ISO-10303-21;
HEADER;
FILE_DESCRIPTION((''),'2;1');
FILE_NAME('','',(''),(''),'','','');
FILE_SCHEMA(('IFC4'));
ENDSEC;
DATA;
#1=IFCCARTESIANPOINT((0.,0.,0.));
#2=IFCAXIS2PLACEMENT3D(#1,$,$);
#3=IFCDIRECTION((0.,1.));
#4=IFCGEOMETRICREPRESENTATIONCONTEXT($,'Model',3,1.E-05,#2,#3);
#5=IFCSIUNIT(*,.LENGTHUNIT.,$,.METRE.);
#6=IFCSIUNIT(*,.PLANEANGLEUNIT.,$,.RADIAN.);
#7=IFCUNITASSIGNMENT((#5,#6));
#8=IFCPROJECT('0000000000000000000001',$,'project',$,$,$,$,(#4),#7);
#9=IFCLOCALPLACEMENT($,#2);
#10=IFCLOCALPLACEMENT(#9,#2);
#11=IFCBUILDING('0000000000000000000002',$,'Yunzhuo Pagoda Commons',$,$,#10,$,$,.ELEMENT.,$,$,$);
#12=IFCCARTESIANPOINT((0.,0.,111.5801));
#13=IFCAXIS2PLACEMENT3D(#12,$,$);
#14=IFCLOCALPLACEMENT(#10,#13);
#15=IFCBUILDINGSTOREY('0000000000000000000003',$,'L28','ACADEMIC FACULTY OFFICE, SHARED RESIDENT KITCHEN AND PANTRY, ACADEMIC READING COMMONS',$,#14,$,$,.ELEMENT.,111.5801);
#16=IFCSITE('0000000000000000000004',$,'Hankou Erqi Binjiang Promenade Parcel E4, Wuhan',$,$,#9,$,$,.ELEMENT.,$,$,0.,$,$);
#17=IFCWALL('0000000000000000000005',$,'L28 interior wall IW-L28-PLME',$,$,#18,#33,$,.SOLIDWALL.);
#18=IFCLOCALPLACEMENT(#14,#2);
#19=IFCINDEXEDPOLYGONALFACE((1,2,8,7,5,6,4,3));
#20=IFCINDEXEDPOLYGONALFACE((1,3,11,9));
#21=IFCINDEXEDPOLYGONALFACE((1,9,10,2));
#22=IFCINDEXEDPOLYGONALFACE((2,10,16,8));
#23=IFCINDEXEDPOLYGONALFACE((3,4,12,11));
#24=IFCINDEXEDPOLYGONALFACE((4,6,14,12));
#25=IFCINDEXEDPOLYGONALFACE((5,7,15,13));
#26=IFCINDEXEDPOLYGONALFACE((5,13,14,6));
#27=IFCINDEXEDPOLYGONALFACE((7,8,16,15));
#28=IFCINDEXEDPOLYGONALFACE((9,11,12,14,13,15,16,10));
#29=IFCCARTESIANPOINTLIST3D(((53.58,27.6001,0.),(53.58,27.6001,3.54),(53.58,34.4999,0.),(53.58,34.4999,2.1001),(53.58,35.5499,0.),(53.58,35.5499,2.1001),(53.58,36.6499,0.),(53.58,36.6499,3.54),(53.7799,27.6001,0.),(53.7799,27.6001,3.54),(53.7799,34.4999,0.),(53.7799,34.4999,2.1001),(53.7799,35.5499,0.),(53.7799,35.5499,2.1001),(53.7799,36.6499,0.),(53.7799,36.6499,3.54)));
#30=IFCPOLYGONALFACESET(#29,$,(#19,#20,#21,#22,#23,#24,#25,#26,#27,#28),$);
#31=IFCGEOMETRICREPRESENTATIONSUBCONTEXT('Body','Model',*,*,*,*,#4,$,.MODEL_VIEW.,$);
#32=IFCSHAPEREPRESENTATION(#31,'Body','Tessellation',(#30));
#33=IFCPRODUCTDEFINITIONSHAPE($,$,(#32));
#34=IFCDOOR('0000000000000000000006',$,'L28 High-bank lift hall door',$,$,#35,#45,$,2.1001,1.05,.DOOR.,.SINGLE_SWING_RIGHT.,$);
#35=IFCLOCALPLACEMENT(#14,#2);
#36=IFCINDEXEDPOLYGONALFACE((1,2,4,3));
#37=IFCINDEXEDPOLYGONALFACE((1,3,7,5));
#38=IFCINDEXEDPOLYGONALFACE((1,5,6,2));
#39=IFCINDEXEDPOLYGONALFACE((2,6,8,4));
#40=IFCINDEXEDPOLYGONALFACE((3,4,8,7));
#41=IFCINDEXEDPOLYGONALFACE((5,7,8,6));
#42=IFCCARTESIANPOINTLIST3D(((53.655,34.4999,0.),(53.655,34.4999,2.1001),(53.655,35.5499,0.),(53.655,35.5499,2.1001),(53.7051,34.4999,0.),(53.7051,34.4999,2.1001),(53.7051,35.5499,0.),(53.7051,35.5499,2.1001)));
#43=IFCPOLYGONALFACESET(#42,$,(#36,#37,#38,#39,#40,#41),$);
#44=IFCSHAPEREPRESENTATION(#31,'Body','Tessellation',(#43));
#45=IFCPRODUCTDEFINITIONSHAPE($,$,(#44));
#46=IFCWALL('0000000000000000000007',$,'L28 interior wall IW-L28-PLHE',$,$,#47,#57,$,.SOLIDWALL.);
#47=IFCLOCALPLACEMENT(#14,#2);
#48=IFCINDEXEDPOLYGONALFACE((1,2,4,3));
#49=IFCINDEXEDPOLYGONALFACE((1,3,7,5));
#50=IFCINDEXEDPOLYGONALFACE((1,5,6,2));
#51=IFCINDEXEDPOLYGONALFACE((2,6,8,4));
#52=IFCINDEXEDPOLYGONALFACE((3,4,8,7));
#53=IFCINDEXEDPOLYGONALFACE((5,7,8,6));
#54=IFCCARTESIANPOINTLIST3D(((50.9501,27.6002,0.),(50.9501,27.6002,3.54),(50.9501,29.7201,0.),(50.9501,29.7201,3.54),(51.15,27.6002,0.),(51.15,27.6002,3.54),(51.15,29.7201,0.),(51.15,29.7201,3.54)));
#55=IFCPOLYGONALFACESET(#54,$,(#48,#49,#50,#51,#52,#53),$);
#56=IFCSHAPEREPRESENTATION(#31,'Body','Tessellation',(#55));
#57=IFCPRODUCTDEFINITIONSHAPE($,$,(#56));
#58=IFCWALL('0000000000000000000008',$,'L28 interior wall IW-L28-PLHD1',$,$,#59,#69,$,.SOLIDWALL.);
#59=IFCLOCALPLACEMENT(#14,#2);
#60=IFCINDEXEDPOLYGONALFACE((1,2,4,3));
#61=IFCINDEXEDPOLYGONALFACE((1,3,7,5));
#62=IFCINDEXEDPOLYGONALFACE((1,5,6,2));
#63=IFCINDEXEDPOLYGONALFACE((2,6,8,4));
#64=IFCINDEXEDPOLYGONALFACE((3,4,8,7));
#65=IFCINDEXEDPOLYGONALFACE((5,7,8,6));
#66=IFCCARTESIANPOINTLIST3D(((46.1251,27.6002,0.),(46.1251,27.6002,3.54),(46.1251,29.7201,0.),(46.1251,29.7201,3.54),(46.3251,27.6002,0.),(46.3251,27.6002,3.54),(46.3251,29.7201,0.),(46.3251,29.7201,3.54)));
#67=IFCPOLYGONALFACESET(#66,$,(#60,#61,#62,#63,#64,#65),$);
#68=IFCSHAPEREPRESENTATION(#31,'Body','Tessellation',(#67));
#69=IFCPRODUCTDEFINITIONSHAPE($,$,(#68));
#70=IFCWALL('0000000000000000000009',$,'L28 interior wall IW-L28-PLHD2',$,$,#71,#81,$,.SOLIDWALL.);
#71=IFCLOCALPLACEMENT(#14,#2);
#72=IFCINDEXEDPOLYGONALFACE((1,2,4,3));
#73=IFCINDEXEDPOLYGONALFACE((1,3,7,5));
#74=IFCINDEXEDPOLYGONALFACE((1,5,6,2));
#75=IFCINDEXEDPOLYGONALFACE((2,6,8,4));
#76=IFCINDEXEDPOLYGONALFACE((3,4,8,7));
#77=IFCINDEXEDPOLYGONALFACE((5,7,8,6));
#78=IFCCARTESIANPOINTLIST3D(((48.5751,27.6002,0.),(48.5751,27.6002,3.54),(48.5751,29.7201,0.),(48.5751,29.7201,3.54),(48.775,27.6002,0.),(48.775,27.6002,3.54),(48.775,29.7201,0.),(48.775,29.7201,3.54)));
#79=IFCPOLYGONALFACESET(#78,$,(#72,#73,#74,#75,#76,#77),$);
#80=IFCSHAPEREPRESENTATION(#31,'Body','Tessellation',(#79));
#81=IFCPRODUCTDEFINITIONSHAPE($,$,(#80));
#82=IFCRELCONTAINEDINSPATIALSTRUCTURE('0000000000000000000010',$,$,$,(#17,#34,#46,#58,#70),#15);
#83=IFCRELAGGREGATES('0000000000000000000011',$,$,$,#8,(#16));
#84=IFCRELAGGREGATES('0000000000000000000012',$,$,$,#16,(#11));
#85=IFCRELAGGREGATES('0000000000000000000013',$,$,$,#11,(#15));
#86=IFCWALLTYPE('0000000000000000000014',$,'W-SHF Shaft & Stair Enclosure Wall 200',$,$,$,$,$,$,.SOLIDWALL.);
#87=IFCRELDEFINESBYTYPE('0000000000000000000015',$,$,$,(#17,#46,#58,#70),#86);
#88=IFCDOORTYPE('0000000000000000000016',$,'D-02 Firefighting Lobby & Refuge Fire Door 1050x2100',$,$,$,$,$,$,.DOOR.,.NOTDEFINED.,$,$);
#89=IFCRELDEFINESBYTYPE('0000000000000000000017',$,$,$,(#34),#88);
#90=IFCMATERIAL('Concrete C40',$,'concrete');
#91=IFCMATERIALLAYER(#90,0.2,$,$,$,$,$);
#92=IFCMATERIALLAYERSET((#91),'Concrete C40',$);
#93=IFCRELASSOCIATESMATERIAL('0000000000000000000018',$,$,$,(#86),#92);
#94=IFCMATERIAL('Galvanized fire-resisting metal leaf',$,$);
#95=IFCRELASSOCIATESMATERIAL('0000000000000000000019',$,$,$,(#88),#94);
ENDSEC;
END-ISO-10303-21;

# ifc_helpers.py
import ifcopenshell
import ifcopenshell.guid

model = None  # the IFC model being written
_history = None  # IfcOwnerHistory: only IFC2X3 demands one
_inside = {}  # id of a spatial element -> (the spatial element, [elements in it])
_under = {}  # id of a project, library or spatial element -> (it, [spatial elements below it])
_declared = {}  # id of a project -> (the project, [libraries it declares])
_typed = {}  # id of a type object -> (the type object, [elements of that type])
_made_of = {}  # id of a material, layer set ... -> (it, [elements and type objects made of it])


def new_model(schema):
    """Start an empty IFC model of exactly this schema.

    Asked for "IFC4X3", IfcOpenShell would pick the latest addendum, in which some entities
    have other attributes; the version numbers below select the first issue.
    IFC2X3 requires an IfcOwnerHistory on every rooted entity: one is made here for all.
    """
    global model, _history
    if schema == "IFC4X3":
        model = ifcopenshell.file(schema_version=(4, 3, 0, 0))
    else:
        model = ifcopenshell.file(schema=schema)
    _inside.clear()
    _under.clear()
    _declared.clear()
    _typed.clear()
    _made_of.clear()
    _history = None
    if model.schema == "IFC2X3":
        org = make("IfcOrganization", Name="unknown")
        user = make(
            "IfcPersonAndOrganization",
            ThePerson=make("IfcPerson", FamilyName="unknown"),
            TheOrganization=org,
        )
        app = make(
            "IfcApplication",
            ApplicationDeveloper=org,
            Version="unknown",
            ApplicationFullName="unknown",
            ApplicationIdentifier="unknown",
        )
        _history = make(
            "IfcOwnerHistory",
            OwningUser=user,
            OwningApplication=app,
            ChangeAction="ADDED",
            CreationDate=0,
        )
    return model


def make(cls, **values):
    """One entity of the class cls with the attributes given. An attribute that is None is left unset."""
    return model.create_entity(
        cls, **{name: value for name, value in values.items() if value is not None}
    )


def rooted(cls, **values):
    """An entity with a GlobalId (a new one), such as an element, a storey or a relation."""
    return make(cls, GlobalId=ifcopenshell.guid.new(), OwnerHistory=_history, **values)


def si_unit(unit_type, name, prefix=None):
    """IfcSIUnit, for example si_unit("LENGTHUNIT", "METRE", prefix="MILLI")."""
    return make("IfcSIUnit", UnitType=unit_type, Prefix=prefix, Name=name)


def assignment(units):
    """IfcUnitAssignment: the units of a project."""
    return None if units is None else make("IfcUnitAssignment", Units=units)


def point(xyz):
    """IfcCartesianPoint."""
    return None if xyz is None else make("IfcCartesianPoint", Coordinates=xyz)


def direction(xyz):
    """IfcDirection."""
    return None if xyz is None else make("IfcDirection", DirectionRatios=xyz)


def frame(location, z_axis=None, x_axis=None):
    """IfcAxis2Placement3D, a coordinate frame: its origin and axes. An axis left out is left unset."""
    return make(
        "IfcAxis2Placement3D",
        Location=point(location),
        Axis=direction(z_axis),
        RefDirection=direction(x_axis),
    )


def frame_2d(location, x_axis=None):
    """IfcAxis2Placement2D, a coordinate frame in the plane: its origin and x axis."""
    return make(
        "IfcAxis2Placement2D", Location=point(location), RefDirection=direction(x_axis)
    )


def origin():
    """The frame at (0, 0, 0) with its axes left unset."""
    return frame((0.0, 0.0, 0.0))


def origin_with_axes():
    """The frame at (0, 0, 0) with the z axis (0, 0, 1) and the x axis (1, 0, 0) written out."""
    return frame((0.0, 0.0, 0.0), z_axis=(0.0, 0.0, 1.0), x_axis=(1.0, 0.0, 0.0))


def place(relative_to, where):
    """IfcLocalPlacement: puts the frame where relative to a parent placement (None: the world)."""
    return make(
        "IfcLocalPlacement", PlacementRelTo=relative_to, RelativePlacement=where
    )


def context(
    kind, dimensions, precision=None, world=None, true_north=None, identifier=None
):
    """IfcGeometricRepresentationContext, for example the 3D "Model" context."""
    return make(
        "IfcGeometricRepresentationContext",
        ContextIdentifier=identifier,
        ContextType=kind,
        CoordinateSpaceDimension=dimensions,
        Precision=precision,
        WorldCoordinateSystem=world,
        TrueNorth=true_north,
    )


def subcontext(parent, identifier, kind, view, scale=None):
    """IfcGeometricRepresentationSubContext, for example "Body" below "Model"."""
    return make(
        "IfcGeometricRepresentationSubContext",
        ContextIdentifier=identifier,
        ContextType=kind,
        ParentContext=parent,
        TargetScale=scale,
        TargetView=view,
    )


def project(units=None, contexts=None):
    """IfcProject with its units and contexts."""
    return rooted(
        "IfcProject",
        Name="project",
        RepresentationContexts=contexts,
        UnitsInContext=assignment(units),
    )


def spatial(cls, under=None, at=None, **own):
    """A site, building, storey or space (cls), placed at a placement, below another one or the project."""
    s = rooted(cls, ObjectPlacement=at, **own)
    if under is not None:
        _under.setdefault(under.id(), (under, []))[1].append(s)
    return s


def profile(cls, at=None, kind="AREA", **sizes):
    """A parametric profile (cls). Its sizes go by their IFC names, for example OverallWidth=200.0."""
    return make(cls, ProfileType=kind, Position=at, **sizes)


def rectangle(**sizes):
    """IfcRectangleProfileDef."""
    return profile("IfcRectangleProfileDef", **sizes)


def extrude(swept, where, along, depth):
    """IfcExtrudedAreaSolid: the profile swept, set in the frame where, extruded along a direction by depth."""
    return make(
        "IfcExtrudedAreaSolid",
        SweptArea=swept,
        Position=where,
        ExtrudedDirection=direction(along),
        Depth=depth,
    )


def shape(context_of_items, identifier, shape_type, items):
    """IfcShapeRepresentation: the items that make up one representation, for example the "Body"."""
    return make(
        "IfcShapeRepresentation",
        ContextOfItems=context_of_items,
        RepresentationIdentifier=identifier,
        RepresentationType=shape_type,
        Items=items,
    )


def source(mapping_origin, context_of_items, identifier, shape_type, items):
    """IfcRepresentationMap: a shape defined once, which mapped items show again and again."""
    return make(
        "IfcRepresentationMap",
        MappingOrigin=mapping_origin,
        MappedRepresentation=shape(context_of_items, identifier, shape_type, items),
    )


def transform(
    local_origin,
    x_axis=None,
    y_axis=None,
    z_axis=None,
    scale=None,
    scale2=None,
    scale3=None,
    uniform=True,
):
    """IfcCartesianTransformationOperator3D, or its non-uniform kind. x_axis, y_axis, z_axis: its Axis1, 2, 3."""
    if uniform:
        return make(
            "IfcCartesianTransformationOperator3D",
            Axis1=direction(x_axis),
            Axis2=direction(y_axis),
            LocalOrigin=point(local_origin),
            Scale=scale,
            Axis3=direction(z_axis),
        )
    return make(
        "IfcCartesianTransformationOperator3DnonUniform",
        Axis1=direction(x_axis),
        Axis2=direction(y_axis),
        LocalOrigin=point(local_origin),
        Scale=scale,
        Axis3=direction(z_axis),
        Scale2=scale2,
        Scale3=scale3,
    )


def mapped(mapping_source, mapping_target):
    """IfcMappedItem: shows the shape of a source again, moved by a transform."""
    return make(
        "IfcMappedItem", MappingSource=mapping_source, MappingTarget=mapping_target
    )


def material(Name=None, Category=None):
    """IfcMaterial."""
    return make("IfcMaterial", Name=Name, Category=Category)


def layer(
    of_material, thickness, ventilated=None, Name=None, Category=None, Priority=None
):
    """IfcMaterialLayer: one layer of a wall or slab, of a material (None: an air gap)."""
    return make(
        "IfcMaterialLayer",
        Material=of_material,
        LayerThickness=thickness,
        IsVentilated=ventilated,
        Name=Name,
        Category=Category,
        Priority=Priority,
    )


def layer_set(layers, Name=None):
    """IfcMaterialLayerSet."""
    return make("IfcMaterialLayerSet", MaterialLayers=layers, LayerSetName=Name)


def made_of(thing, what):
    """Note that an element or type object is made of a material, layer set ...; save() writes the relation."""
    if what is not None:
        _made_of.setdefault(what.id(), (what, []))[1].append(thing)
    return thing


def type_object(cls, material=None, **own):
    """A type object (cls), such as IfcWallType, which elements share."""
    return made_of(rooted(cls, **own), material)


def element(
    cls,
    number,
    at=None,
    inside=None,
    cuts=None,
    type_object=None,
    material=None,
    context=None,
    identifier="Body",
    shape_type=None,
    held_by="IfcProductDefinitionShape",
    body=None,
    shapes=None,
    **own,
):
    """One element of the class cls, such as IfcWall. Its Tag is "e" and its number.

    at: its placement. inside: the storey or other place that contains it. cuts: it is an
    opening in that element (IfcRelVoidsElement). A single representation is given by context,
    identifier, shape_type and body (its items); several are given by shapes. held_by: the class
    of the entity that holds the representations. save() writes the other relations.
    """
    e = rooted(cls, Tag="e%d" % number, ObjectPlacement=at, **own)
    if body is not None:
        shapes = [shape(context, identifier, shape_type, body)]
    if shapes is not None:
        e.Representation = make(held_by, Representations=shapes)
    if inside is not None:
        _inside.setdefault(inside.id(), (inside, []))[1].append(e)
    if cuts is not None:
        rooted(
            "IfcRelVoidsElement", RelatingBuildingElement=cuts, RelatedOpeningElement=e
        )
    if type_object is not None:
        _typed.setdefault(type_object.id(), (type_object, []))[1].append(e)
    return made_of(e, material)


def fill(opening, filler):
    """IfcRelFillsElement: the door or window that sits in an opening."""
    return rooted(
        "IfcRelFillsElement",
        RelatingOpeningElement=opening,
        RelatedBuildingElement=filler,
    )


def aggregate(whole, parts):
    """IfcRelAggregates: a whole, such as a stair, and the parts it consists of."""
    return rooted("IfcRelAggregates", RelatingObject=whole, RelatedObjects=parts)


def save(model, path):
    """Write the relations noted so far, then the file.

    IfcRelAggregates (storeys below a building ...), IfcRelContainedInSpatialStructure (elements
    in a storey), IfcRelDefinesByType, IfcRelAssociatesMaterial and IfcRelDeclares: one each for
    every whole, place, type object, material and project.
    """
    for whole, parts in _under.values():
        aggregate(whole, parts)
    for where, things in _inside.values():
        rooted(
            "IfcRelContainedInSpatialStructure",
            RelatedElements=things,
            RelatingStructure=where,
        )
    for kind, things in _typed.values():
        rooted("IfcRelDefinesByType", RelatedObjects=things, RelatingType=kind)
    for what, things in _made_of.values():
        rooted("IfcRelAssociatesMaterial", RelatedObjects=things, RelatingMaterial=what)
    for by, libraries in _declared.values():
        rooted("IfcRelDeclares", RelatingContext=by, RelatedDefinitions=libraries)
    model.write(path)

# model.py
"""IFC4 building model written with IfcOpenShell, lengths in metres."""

from ifc_helpers import new_model, si_unit, direction, frame, frame_2d, origin, origin_with_axes, place, context, subcontext, project, spatial, rectangle, extrude, source, transform, mapped, material, layer, layer_set, type_object, element, fill, save


model = new_model("IFC4")

# Units and contexts
model_context = context("Model", 3, precision=1e-05, world=origin(), true_north=direction((0.0, 1.0)))
body_context = subcontext(model_context, "Body", "Model", "MODEL_VIEW")
ifc_project = project(units=[si_unit("LENGTHUNIT", "METRE"), si_unit("PLANEANGLEUNIT", "RADIAN")], contexts=[model_context])

# Site, building, storey
site_placement = place(None, origin())
site = spatial("IfcSite", under=ifc_project, at=site_placement, Name="Hankou Erqi Binjiang Promenade Parcel E4, Wuhan", CompositionType="ELEMENT", RefElevation=0.0)
building_placement = place(site_placement, origin())
building = spatial("IfcBuilding", under=site, at=building_placement, Name="Yunzhuo Pagoda Commons", CompositionType="ELEMENT")
storey_placement = place(building_placement, frame((0.0, 0.0, 111.5801)))
storey = spatial("IfcBuildingStorey", under=building, at=storey_placement, Name="L28", Description="ACADEMIC FACULTY OFFICE, SHARED RESIDENT KITCHEN AND PANTRY, ACADEMIC READING COMMONS", CompositionType="ELEMENT", Elevation=111.5801)

# Shared definitions
ifc_material_1 = material(Name="Galvanized fire-resisting metal leaf")

# Wall, opening, door
ifc_material_2 = material(Name="Concrete C40", Category="concrete")
ifc_layer_1 = layer(ifc_material_2, 0.2)
ifc_layer_set_1 = layer_set([ifc_layer_1], Name="Concrete C40")
wall_type_1 = type_object("IfcWallType", Name="W-SHF Shaft & Stair Enclosure Wall 200", PredefinedType="SOLIDWALL", material=ifc_layer_set_1)
wall_1_placement = place(storey_placement, frame((53.6799, 27.6001, 0.0), z_axis=(0.0, 0.0, 1.0), x_axis=(0.0, 1.0, 0.0)))
wall_1 = element("IfcWall", 1, at=wall_1_placement, inside=storey, type_object=wall_type_1, Name="L28 interior wall IW-L28-PLME", PredefinedType="SOLIDWALL", context=body_context, shape_type="SweptSolid", body=[
    extrude(rectangle(XDim=9.0498, YDim=0.2, at=frame_2d((4.5249, 0.0))), origin(), (0.0, 0.0, 1.0), 3.54),
])
opening_1_placement = place(wall_1_placement, frame((6.8999, 0.0, 0.0)))
opening_1 = element("IfcOpeningElement", 2, at=opening_1_placement, cuts=wall_1, PredefinedType="OPENING", context=body_context, shape_type="SweptSolid", body=[
    extrude(rectangle(XDim=1.05, YDim=2.1001, at=frame_2d((0.5249, 1.05))), frame((0.0, 0.1099, 0.0), z_axis=(0.0, -1.0, 0.0), x_axis=(1.0, 0.0, 0.0)), (0.0, 0.0, 1.0), 0.22),
])
door_type_1 = type_object("IfcDoorType", Name="D-02 Firefighting Lobby & Refuge Fire Door 1050x2100", OperationType="NOTDEFINED", PredefinedType="DOOR", material=ifc_material_1)
shared_shape_1 = source(origin(), body_context, "Body", "SweptSolid", [
    extrude(rectangle(XDim=1.05, YDim=2.1001, at=frame_2d((0.5249, 1.05))), frame((0.0, 0.0249, 0.0), z_axis=(0.0, -1.0, 0.0), x_axis=(1.0, 0.0, 0.0)), (0.0, 0.0, 1.0), 0.05),
])
door_1_placement = place(opening_1_placement, origin_with_axes())
door_1 = element("IfcDoor", 3, at=door_1_placement, inside=storey, type_object=door_type_1, Name="L28 High-bank lift hall door", OperationType="SINGLE_SWING_RIGHT", OverallHeight=2.1001, OverallWidth=1.05, PredefinedType="DOOR", context=body_context, shape_type="MappedRepresentation", body=[
    mapped(shared_shape_1, transform((0.0, 0.0, 0.0), scale=1.0)),
])
fill(opening_1, door_1)

# Walls
for number, where, z_axis, x_axis, name in (
    (4, (51.05, 27.6001, 0.0), (0.0, 0.0, 1.0), (0.0, 1.0, 0.0), "L28 interior wall IW-L28-PLHE"),
    (5, (46.2251, 27.6001, 0.0), (0.0, 0.0, 1.0), (0.0, 1.0, 0.0), "L28 interior wall IW-L28-PLHD1"),
    (6, (48.675, 27.6001, 0.0), (0.0, 0.0, 1.0), (0.0, 1.0, 0.0), "L28 interior wall IW-L28-PLHD2"),
):
    element("IfcWall", number, at=place(storey_placement, frame(where, z_axis=z_axis, x_axis=x_axis)), inside=storey, type_object=wall_type_1, Name=name, PredefinedType="SOLIDWALL", context=body_context, shape_type="SweptSolid", body=[
        extrude(rectangle(XDim=2.1199, YDim=0.2, at=frame_2d((1.0601, 0.0))), origin(), (0.0, 0.0, 1.0), 3.54),
    ])

save(model, "model.ifc")
